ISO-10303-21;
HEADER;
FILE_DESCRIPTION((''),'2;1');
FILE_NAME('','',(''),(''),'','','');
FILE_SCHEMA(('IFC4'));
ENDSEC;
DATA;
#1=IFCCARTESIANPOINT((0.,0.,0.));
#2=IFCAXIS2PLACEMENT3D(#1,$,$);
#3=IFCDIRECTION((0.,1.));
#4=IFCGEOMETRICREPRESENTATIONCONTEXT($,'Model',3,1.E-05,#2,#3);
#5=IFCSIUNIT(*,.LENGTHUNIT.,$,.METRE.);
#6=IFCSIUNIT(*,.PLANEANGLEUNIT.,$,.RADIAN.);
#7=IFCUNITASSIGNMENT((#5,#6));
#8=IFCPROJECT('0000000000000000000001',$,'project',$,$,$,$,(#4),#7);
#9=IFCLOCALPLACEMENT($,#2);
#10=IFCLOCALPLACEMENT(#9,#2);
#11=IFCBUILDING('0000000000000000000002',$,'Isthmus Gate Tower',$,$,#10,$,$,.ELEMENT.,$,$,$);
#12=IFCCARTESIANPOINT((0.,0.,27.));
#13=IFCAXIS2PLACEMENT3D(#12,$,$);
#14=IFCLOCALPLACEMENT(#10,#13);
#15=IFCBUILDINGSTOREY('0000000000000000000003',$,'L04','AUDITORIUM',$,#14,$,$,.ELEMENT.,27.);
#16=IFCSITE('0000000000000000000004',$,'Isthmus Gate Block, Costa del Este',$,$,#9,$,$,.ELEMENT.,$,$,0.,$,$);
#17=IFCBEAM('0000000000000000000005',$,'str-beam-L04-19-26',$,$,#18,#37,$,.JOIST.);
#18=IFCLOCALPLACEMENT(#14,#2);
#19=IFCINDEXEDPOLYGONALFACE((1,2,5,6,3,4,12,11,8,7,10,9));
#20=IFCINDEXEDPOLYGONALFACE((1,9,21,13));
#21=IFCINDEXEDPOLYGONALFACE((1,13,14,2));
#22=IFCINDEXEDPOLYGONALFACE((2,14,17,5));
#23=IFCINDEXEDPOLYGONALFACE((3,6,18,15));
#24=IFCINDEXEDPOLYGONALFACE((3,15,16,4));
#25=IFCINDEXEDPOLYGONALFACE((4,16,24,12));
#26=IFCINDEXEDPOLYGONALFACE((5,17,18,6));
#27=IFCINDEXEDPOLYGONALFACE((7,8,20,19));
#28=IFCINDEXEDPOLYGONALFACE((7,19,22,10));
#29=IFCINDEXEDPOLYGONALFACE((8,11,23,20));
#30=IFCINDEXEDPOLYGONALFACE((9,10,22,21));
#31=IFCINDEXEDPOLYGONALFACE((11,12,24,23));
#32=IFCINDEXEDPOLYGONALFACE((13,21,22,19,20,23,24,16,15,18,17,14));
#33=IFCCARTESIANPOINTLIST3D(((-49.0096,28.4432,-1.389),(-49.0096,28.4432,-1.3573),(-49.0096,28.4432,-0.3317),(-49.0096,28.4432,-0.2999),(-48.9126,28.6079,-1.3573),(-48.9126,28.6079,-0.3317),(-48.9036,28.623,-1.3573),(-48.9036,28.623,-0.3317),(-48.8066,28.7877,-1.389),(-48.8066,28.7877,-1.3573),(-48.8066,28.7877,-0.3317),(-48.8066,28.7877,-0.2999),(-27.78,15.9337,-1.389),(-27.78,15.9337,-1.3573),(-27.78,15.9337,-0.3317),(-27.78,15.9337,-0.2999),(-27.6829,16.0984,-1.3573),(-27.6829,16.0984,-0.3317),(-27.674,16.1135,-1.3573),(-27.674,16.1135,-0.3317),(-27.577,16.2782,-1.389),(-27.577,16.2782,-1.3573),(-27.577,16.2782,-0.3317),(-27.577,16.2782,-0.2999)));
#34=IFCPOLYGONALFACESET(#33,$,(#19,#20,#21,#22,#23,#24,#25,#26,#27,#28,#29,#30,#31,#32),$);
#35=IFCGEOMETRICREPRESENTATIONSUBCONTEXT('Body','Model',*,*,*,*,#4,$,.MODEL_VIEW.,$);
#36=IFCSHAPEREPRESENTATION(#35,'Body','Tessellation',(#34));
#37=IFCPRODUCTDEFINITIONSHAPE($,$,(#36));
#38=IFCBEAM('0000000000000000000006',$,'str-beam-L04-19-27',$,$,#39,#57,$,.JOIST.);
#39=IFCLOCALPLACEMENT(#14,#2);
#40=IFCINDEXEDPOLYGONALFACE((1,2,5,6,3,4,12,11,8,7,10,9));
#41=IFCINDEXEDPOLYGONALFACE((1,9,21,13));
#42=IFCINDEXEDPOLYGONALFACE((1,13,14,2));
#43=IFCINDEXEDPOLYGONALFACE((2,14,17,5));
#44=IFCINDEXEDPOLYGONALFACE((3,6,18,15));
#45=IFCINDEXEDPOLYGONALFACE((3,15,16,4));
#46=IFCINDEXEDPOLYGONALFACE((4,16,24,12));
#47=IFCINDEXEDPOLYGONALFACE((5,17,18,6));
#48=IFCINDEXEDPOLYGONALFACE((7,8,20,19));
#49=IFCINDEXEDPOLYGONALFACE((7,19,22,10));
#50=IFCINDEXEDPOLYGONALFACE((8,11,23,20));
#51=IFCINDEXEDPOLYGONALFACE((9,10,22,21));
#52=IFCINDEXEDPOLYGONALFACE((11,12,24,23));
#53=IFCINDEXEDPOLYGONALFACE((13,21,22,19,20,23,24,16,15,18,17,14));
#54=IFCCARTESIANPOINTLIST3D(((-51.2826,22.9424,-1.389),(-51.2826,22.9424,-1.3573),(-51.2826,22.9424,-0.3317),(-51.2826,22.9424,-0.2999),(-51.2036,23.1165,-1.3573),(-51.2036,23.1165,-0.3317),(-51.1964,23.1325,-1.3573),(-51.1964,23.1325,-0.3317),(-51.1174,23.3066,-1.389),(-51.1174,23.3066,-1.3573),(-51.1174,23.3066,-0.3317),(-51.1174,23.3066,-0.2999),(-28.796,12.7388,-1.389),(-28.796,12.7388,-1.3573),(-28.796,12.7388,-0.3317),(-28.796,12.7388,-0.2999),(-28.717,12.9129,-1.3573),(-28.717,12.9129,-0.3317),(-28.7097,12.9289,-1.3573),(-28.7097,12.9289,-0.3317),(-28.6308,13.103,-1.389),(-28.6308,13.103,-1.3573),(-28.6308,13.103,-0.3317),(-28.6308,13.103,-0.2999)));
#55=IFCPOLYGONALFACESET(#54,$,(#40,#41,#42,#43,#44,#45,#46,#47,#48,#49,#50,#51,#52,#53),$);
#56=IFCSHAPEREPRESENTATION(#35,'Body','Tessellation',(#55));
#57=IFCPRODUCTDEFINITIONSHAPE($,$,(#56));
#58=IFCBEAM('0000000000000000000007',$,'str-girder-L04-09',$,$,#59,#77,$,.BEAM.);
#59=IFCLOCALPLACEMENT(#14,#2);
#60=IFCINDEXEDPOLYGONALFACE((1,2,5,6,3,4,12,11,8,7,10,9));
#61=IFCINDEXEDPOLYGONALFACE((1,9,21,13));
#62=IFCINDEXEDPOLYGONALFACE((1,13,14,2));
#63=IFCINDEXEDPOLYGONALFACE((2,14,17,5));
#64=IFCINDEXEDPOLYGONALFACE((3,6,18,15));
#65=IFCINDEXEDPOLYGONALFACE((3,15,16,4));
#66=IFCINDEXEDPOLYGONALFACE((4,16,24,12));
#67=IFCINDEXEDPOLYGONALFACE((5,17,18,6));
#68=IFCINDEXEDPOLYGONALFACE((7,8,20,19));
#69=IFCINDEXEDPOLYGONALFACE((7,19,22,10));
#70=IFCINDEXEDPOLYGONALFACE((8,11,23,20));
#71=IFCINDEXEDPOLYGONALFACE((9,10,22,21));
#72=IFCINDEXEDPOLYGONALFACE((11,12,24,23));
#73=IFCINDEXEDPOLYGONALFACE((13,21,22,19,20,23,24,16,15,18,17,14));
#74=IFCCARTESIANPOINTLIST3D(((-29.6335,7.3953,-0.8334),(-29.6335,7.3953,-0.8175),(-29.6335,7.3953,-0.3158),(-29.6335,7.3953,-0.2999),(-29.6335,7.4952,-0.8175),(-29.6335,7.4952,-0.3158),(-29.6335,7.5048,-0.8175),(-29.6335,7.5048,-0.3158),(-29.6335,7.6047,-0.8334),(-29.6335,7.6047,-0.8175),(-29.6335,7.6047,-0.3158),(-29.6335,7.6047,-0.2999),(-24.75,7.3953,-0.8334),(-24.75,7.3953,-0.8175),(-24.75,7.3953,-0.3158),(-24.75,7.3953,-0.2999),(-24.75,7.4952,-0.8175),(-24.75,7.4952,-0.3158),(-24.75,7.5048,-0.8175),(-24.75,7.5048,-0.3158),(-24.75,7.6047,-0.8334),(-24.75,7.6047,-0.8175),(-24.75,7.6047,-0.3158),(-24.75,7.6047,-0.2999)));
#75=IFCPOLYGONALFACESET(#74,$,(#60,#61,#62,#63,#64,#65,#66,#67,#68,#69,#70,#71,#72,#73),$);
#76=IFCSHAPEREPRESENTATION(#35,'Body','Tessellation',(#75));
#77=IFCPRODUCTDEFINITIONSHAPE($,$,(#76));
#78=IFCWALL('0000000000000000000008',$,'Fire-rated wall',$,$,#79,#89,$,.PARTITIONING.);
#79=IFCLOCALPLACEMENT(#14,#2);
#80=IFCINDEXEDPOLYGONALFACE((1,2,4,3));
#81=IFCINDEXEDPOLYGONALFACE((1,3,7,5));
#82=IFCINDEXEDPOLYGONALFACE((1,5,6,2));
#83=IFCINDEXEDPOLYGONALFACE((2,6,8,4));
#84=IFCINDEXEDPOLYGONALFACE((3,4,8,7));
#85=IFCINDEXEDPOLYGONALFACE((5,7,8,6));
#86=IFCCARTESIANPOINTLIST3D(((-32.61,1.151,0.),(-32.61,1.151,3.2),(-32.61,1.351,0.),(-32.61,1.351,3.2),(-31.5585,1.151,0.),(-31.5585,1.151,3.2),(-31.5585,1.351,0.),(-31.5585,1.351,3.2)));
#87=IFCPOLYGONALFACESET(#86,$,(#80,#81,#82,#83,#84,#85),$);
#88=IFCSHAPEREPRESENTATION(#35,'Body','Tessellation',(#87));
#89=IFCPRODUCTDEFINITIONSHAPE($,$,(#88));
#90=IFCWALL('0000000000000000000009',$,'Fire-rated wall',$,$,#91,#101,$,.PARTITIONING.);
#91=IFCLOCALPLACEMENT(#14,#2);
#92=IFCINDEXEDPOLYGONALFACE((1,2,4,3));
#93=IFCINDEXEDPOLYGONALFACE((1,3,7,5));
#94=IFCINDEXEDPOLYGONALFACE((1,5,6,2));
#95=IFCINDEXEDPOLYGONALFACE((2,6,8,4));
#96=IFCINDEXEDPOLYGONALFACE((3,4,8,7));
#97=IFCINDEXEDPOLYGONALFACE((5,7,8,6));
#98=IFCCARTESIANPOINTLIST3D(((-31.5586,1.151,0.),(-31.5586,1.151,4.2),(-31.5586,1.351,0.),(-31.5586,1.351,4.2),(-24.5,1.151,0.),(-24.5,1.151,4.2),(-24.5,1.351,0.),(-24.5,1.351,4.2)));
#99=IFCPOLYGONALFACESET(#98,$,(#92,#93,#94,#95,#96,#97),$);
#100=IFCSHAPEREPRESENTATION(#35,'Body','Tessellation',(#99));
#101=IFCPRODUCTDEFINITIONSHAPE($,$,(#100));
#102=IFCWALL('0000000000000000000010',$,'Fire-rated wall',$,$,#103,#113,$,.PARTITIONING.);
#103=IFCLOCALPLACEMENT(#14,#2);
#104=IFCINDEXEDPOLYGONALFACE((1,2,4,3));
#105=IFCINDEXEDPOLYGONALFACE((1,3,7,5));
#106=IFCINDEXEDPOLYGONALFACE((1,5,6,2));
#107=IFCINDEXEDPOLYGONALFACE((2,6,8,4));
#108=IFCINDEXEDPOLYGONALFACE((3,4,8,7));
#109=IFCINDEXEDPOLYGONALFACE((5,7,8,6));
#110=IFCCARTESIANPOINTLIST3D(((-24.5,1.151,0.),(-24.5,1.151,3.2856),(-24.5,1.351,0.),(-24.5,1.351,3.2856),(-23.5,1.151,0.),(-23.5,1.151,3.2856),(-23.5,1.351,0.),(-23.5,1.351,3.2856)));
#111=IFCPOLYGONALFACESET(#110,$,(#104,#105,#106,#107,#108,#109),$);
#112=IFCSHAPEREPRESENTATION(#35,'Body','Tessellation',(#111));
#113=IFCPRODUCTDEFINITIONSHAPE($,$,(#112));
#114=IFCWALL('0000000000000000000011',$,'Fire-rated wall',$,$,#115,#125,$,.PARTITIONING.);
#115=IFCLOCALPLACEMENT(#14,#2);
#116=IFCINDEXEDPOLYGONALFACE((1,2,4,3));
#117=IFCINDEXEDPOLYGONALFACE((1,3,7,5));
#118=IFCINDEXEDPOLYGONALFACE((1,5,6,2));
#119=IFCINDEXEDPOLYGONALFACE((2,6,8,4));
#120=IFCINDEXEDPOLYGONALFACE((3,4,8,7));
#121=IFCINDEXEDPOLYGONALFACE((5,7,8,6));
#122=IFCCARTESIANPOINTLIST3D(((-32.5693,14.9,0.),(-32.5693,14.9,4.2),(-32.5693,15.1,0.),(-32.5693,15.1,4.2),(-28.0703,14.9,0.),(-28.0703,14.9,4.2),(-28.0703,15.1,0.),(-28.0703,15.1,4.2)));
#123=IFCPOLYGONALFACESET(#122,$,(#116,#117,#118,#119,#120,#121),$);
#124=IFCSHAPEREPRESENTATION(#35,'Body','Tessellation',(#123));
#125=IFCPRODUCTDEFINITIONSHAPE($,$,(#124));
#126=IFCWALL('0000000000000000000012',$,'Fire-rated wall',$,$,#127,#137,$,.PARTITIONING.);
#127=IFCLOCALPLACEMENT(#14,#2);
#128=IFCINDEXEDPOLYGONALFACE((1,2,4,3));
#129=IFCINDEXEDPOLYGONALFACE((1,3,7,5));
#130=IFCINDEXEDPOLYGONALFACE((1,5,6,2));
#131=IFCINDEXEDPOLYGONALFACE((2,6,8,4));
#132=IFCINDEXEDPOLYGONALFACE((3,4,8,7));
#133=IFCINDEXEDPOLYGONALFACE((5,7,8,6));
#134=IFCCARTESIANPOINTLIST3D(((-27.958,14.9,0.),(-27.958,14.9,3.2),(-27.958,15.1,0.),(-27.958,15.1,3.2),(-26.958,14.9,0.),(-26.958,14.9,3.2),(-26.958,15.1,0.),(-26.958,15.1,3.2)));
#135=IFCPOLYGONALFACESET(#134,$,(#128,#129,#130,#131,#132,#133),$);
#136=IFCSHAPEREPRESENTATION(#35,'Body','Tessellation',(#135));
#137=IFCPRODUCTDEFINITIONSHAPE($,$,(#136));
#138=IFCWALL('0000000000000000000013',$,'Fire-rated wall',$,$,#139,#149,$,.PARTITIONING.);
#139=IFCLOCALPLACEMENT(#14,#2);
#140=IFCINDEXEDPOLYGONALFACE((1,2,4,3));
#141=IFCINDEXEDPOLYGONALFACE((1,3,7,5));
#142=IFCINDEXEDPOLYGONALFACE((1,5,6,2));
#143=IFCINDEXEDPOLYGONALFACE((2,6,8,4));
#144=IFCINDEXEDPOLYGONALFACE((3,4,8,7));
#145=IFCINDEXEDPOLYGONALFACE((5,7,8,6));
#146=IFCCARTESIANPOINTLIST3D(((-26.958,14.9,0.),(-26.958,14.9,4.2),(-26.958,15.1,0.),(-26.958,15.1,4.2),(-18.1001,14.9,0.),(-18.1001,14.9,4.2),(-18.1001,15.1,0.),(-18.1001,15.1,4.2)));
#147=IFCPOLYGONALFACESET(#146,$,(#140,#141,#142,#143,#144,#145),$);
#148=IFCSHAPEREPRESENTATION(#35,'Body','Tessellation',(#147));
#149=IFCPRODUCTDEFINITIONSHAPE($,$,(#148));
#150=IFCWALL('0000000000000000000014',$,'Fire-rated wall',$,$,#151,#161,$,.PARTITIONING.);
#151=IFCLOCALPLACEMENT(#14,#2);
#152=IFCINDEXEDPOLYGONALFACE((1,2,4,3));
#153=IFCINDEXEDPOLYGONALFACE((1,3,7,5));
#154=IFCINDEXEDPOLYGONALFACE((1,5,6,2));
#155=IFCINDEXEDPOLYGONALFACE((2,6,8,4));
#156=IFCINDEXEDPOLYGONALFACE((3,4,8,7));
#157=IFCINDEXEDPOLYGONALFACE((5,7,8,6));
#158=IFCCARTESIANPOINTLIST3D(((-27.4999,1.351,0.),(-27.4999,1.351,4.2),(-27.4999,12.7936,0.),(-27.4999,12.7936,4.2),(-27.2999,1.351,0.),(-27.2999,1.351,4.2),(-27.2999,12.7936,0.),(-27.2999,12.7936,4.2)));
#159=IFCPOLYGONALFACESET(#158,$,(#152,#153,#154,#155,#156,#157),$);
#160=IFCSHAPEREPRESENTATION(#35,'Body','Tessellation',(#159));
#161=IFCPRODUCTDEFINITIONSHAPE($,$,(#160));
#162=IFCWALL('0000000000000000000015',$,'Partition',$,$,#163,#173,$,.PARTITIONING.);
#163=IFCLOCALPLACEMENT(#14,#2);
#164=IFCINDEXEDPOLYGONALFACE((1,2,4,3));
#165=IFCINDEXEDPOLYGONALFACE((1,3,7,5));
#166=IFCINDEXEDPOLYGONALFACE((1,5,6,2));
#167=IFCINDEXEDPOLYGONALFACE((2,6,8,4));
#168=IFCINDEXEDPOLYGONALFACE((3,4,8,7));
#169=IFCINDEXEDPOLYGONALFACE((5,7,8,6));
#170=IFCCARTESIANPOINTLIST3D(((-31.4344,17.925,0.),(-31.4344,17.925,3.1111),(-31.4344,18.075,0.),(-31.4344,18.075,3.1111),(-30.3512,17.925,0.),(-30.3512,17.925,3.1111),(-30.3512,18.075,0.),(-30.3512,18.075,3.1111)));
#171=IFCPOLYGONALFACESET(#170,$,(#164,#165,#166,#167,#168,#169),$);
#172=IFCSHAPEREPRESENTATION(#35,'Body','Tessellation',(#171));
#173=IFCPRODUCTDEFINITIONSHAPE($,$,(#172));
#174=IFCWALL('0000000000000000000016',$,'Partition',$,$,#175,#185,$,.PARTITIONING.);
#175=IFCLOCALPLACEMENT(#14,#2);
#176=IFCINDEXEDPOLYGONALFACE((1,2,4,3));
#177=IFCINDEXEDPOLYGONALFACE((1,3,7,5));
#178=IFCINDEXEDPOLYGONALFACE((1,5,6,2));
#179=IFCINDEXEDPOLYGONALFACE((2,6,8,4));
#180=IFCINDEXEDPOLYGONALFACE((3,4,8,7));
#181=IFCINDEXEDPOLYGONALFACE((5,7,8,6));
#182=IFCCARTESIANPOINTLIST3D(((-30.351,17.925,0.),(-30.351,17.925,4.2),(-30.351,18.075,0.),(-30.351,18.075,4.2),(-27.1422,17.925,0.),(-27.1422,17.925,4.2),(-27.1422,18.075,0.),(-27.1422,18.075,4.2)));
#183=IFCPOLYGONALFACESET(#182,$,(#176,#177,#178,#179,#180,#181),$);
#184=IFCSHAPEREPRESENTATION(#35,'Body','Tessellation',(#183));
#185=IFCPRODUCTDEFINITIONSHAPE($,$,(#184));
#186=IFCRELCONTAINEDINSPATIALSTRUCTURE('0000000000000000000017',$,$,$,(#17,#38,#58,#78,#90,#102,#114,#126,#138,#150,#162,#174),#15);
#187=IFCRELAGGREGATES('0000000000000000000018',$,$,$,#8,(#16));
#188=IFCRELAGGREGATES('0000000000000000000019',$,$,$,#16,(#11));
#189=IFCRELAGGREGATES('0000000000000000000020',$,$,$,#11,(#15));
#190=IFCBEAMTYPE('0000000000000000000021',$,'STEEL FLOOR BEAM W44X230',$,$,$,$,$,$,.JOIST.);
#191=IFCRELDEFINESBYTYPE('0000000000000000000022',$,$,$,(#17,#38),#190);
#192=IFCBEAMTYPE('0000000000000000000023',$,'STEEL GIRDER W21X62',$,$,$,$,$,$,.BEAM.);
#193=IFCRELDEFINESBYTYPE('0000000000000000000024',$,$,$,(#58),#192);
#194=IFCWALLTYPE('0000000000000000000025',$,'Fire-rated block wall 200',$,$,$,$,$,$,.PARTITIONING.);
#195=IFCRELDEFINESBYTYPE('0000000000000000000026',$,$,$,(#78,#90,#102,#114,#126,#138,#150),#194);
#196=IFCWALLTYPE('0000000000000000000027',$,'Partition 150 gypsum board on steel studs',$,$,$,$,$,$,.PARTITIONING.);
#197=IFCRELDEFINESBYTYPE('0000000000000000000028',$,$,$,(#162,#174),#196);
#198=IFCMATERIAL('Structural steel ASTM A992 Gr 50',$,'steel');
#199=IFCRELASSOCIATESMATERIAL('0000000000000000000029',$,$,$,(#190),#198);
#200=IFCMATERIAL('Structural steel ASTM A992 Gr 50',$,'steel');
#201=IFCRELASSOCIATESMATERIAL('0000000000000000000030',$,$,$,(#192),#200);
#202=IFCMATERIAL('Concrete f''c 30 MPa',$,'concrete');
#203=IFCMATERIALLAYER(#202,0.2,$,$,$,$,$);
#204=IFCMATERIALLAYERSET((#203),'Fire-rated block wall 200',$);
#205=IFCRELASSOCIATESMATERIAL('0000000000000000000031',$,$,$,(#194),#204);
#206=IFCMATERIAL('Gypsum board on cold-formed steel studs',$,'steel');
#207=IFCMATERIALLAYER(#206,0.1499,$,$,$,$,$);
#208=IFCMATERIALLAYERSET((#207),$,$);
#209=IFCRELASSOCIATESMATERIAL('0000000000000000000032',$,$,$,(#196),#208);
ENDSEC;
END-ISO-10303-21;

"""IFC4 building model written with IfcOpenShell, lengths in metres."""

from ifc_helpers import new_model, si_unit, direction, frame, frame_2d, origin, origin_2d, place, context, subcontext, project, spatial, rectangle, i_section, extrude, material, layer, layer_set, material_profile, profile_set, type_object, element, save


model = new_model("IFC4")

# Units and contexts
model_context = context("Model", 3, precision=1e-05, world=origin(), true_north=direction((0.0, 1.0)))
body_context = subcontext(model_context, "Body", "Model", "MODEL_VIEW")
ifc_project = project(units=[si_unit("LENGTHUNIT", "METRE"), si_unit("PLANEANGLEUNIT", "RADIAN")], contexts=[model_context])

# Site, building, storey
site_placement = place(None, origin())
site = spatial("IfcSite", under=ifc_project, at=site_placement, Name="Isthmus Gate Block, Costa del Este", CompositionType="ELEMENT", RefElevation=0.0)
building_placement = place(site_placement, origin())
building = spatial("IfcBuilding", under=site, at=building_placement, Name="Isthmus Gate Tower", CompositionType="ELEMENT")
storey_placement = place(building_placement, frame((0.0, 0.0, 27.0)))
storey = spatial("IfcBuildingStorey", under=building, at=storey_placement, Name="L04", Description="AUDITORIUM", CompositionType="ELEMENT", Elevation=27.0)

# Beams
ifc_material_1 = material(Name="Structural steel ASTM A992 Gr 50", Category="steel")
ifc_material_profile_1 = material_profile(ifc_material_1, i_section(OverallWidth=0.3999, OverallDepth=1.0891, WebThickness=0.0176, FlangeThickness=0.0317, at=origin_2d()), Name="W44X230")
ifc_profile_set_1 = profile_set([ifc_material_profile_1], Name="Structural steel ASTM A992 Gr 50")
beam_type_1 = type_object("IfcBeamType", Name="STEEL FLOOR BEAM W44X230", PredefinedType="JOIST", material=ifc_profile_set_1)
beam_1_placement = place(storey_placement, frame((-27.6785, 16.106, -0.8445), z_axis=(-0.861554, 0.507666, 0.0), x_axis=(-0.507666, -0.861554, 0.0)))
element("IfcBeam", 1, at=beam_1_placement, inside=storey, type_object=beam_type_1, Name="str-beam-L04-19-26", PredefinedType="JOIST", context=body_context, shape_type="SweptSolid", body=[
    extrude(i_section(OverallWidth=0.3999, OverallDepth=1.0891, WebThickness=0.0176, FlangeThickness=0.0317, at=origin_2d()), origin(), (0.0, 0.0, 1.0), 24.6411),
])
beam_2_placement = place(storey_placement, frame((-28.7134, 12.9209, -0.8445), z_axis=(-0.910634, 0.413214, 0.0), x_axis=(-0.413214, -0.910634, 0.0)))
element("IfcBeam", 2, at=beam_2_placement, inside=storey, type_object=beam_type_1, Name="str-beam-L04-19-27", PredefinedType="JOIST", context=body_context, shape_type="SweptSolid", body=[
    extrude(i_section(OverallWidth=0.3999, OverallDepth=1.0891, WebThickness=0.0176, FlangeThickness=0.0317, at=origin_2d()), origin(), (0.0, 0.0, 1.0), 24.6934),
])
ifc_material_2 = material(Name="Structural steel ASTM A992 Gr 50", Category="steel")
ifc_material_profile_2 = material_profile(ifc_material_2, i_section(OverallWidth=0.2095, OverallDepth=0.5334, WebThickness=0.0095, FlangeThickness=0.0159, at=origin_2d()), Name="W21X62")
ifc_profile_set_2 = profile_set([ifc_material_profile_2], Name="Structural steel ASTM A992 Gr 50")
beam_type_2 = type_object("IfcBeamType", Name="STEEL GIRDER W21X62", PredefinedType="BEAM", material=ifc_profile_set_2)
beam_3_placement = place(storey_placement, frame((-29.6335, 7.5, -0.5667), z_axis=(1.0, 0.0, 0.0), x_axis=(0.0, 1.0, 0.0)))
element("IfcBeam", 3, at=beam_3_placement, inside=storey, type_object=beam_type_2, Name="str-girder-L04-09", PredefinedType="BEAM", context=body_context, shape_type="SweptSolid", body=[
    extrude(i_section(OverallWidth=0.2095, OverallDepth=0.5334, WebThickness=0.0095, FlangeThickness=0.0159, at=origin_2d()), origin(), (0.0, 0.0, 1.0), 4.8835),
])

# Walls
ifc_material_3 = material(Name="Concrete f'c 30 MPa", Category="concrete")
ifc_layer_1 = layer(ifc_material_3, 0.2)
ifc_layer_set_1 = layer_set([ifc_layer_1], Name="Fire-rated block wall 200")
wall_type_1 = type_object("IfcWallType", Name="Fire-rated block wall 200", PredefinedType="PARTITIONING", material=ifc_layer_set_1)
wall_1_placement = place(storey_placement, frame((-32.6101, 1.251, 0.0), z_axis=(0.0, 0.0, 1.0), x_axis=(1.0, 0.0, 0.0)))
element("IfcWall", 4, at=wall_1_placement, inside=storey, type_object=wall_type_1, Name="Fire-rated wall", PredefinedType="PARTITIONING", context=body_context, shape_type="SweptSolid", body=[
    extrude(rectangle(XDim=1.0515, YDim=0.2, at=frame_2d((0.5259, 0.0))), origin(), (0.0, 0.0, 1.0), 3.2),
])
wall_2_placement = place(storey_placement, frame((-31.5586, 1.251, 0.0), z_axis=(0.0, 0.0, 1.0), x_axis=(1.0, 0.0, 0.0)))
element("IfcWall", 5, at=wall_2_placement, inside=storey, type_object=wall_type_1, Name="Fire-rated wall", PredefinedType="PARTITIONING", context=body_context, shape_type="SweptSolid", body=[
    extrude(rectangle(XDim=7.0586, YDim=0.2, at=frame_2d((3.5293, 0.0))), origin(), (0.0, 0.0, 1.0), 4.2),
])
wall_3_placement = place(storey_placement, frame((-24.5, 1.251, 0.0), z_axis=(0.0, 0.0, 1.0), x_axis=(1.0, 0.0, 0.0)))
element("IfcWall", 6, at=wall_3_placement, inside=storey, type_object=wall_type_1, Name="Fire-rated wall", PredefinedType="PARTITIONING", context=body_context, shape_type="SweptSolid", body=[
    extrude(rectangle(XDim=1.0, YDim=0.2, at=frame_2d((0.5, 0.0))), origin(), (0.0, 0.0, 1.0), 3.2856),
])
wall_4_placement = place(storey_placement, frame((-32.5693, 15.0, 0.0), z_axis=(0.0, 0.0, 1.0), x_axis=(1.0, 0.0, 0.0)))
element("IfcWall", 7, at=wall_4_placement, inside=storey, type_object=wall_type_1, Name="Fire-rated wall", PredefinedType="PARTITIONING", context=body_context, shape_type="SweptSolid", body=[
    extrude(rectangle(XDim=4.499, YDim=0.2, at=frame_2d((2.2495, 0.0))), origin(), (0.0, 0.0, 1.0), 4.2),
])
wall_5_placement = place(storey_placement, frame((-27.958, 15.0, 0.0), z_axis=(0.0, 0.0, 1.0), x_axis=(1.0, 0.0, 0.0)))
element("IfcWall", 8, at=wall_5_placement, inside=storey, type_object=wall_type_1, Name="Fire-rated wall", PredefinedType="PARTITIONING", context=body_context, shape_type="SweptSolid", body=[
    extrude(rectangle(XDim=1.0, YDim=0.2, at=frame_2d((0.5, 0.0))), origin(), (0.0, 0.0, 1.0), 3.2),
])
wall_6_placement = place(storey_placement, frame((-26.958, 15.0, 0.0), z_axis=(0.0, 0.0, 1.0), x_axis=(1.0, 0.0, 0.0)))
element("IfcWall", 9, at=wall_6_placement, inside=storey, type_object=wall_type_1, Name="Fire-rated wall", PredefinedType="PARTITIONING", context=body_context, shape_type="SweptSolid", body=[
    extrude(rectangle(XDim=8.8579, YDim=0.2, at=frame_2d((4.429, 0.0))), origin(), (0.0, 0.0, 1.0), 4.2),
])
wall_7_placement = place(storey_placement, frame((-27.3999, 1.3511, 0.0), z_axis=(0.0, 0.0, 1.0), x_axis=(0.0, 1.0, 0.0)))
element("IfcWall", 10, at=wall_7_placement, inside=storey, type_object=wall_type_1, Name="Fire-rated wall", PredefinedType="PARTITIONING", context=body_context, shape_type="SweptSolid", body=[
    extrude(rectangle(XDim=11.4426, YDim=0.2, at=frame_2d((5.7212, 0.0))), origin(), (0.0, 0.0, 1.0), 4.2),
])
ifc_material_4 = material(Name="Gypsum board on cold-formed steel studs", Category="steel")
ifc_layer_2 = layer(ifc_material_4, 0.1499)
ifc_layer_set_2 = layer_set([ifc_layer_2])
wall_type_2 = type_object("IfcWallType", Name="Partition 150 gypsum board on steel studs", PredefinedType="PARTITIONING", material=ifc_layer_set_2)
wall_8_placement = place(storey_placement, frame((-31.4343, 18.0, 0.0), z_axis=(0.0, 0.0, 1.0), x_axis=(1.0, 0.0, 0.0)))
element("IfcWall", 11, at=wall_8_placement, inside=storey, type_object=wall_type_2, Name="Partition", PredefinedType="PARTITIONING", context=body_context, shape_type="SweptSolid", body=[
    extrude(rectangle(XDim=1.0833, YDim=0.1499, at=frame_2d((0.5415, 0.0))), origin(), (0.0, 0.0, 1.0), 3.1111),
])
wall_9_placement = place(storey_placement, frame((-30.3511, 18.0, 0.0), z_axis=(0.0, 0.0, 1.0), x_axis=(1.0, 0.0, 0.0)))
element("IfcWall", 12, at=wall_9_placement, inside=storey, type_object=wall_type_2, Name="Partition", PredefinedType="PARTITIONING", context=body_context, shape_type="SweptSolid", body=[
    extrude(rectangle(XDim=3.2087, YDim=0.1499, at=frame_2d((1.6045, 0.0))), origin(), (0.0, 0.0, 1.0), 4.2),
])

save(model, "model.ifc")
